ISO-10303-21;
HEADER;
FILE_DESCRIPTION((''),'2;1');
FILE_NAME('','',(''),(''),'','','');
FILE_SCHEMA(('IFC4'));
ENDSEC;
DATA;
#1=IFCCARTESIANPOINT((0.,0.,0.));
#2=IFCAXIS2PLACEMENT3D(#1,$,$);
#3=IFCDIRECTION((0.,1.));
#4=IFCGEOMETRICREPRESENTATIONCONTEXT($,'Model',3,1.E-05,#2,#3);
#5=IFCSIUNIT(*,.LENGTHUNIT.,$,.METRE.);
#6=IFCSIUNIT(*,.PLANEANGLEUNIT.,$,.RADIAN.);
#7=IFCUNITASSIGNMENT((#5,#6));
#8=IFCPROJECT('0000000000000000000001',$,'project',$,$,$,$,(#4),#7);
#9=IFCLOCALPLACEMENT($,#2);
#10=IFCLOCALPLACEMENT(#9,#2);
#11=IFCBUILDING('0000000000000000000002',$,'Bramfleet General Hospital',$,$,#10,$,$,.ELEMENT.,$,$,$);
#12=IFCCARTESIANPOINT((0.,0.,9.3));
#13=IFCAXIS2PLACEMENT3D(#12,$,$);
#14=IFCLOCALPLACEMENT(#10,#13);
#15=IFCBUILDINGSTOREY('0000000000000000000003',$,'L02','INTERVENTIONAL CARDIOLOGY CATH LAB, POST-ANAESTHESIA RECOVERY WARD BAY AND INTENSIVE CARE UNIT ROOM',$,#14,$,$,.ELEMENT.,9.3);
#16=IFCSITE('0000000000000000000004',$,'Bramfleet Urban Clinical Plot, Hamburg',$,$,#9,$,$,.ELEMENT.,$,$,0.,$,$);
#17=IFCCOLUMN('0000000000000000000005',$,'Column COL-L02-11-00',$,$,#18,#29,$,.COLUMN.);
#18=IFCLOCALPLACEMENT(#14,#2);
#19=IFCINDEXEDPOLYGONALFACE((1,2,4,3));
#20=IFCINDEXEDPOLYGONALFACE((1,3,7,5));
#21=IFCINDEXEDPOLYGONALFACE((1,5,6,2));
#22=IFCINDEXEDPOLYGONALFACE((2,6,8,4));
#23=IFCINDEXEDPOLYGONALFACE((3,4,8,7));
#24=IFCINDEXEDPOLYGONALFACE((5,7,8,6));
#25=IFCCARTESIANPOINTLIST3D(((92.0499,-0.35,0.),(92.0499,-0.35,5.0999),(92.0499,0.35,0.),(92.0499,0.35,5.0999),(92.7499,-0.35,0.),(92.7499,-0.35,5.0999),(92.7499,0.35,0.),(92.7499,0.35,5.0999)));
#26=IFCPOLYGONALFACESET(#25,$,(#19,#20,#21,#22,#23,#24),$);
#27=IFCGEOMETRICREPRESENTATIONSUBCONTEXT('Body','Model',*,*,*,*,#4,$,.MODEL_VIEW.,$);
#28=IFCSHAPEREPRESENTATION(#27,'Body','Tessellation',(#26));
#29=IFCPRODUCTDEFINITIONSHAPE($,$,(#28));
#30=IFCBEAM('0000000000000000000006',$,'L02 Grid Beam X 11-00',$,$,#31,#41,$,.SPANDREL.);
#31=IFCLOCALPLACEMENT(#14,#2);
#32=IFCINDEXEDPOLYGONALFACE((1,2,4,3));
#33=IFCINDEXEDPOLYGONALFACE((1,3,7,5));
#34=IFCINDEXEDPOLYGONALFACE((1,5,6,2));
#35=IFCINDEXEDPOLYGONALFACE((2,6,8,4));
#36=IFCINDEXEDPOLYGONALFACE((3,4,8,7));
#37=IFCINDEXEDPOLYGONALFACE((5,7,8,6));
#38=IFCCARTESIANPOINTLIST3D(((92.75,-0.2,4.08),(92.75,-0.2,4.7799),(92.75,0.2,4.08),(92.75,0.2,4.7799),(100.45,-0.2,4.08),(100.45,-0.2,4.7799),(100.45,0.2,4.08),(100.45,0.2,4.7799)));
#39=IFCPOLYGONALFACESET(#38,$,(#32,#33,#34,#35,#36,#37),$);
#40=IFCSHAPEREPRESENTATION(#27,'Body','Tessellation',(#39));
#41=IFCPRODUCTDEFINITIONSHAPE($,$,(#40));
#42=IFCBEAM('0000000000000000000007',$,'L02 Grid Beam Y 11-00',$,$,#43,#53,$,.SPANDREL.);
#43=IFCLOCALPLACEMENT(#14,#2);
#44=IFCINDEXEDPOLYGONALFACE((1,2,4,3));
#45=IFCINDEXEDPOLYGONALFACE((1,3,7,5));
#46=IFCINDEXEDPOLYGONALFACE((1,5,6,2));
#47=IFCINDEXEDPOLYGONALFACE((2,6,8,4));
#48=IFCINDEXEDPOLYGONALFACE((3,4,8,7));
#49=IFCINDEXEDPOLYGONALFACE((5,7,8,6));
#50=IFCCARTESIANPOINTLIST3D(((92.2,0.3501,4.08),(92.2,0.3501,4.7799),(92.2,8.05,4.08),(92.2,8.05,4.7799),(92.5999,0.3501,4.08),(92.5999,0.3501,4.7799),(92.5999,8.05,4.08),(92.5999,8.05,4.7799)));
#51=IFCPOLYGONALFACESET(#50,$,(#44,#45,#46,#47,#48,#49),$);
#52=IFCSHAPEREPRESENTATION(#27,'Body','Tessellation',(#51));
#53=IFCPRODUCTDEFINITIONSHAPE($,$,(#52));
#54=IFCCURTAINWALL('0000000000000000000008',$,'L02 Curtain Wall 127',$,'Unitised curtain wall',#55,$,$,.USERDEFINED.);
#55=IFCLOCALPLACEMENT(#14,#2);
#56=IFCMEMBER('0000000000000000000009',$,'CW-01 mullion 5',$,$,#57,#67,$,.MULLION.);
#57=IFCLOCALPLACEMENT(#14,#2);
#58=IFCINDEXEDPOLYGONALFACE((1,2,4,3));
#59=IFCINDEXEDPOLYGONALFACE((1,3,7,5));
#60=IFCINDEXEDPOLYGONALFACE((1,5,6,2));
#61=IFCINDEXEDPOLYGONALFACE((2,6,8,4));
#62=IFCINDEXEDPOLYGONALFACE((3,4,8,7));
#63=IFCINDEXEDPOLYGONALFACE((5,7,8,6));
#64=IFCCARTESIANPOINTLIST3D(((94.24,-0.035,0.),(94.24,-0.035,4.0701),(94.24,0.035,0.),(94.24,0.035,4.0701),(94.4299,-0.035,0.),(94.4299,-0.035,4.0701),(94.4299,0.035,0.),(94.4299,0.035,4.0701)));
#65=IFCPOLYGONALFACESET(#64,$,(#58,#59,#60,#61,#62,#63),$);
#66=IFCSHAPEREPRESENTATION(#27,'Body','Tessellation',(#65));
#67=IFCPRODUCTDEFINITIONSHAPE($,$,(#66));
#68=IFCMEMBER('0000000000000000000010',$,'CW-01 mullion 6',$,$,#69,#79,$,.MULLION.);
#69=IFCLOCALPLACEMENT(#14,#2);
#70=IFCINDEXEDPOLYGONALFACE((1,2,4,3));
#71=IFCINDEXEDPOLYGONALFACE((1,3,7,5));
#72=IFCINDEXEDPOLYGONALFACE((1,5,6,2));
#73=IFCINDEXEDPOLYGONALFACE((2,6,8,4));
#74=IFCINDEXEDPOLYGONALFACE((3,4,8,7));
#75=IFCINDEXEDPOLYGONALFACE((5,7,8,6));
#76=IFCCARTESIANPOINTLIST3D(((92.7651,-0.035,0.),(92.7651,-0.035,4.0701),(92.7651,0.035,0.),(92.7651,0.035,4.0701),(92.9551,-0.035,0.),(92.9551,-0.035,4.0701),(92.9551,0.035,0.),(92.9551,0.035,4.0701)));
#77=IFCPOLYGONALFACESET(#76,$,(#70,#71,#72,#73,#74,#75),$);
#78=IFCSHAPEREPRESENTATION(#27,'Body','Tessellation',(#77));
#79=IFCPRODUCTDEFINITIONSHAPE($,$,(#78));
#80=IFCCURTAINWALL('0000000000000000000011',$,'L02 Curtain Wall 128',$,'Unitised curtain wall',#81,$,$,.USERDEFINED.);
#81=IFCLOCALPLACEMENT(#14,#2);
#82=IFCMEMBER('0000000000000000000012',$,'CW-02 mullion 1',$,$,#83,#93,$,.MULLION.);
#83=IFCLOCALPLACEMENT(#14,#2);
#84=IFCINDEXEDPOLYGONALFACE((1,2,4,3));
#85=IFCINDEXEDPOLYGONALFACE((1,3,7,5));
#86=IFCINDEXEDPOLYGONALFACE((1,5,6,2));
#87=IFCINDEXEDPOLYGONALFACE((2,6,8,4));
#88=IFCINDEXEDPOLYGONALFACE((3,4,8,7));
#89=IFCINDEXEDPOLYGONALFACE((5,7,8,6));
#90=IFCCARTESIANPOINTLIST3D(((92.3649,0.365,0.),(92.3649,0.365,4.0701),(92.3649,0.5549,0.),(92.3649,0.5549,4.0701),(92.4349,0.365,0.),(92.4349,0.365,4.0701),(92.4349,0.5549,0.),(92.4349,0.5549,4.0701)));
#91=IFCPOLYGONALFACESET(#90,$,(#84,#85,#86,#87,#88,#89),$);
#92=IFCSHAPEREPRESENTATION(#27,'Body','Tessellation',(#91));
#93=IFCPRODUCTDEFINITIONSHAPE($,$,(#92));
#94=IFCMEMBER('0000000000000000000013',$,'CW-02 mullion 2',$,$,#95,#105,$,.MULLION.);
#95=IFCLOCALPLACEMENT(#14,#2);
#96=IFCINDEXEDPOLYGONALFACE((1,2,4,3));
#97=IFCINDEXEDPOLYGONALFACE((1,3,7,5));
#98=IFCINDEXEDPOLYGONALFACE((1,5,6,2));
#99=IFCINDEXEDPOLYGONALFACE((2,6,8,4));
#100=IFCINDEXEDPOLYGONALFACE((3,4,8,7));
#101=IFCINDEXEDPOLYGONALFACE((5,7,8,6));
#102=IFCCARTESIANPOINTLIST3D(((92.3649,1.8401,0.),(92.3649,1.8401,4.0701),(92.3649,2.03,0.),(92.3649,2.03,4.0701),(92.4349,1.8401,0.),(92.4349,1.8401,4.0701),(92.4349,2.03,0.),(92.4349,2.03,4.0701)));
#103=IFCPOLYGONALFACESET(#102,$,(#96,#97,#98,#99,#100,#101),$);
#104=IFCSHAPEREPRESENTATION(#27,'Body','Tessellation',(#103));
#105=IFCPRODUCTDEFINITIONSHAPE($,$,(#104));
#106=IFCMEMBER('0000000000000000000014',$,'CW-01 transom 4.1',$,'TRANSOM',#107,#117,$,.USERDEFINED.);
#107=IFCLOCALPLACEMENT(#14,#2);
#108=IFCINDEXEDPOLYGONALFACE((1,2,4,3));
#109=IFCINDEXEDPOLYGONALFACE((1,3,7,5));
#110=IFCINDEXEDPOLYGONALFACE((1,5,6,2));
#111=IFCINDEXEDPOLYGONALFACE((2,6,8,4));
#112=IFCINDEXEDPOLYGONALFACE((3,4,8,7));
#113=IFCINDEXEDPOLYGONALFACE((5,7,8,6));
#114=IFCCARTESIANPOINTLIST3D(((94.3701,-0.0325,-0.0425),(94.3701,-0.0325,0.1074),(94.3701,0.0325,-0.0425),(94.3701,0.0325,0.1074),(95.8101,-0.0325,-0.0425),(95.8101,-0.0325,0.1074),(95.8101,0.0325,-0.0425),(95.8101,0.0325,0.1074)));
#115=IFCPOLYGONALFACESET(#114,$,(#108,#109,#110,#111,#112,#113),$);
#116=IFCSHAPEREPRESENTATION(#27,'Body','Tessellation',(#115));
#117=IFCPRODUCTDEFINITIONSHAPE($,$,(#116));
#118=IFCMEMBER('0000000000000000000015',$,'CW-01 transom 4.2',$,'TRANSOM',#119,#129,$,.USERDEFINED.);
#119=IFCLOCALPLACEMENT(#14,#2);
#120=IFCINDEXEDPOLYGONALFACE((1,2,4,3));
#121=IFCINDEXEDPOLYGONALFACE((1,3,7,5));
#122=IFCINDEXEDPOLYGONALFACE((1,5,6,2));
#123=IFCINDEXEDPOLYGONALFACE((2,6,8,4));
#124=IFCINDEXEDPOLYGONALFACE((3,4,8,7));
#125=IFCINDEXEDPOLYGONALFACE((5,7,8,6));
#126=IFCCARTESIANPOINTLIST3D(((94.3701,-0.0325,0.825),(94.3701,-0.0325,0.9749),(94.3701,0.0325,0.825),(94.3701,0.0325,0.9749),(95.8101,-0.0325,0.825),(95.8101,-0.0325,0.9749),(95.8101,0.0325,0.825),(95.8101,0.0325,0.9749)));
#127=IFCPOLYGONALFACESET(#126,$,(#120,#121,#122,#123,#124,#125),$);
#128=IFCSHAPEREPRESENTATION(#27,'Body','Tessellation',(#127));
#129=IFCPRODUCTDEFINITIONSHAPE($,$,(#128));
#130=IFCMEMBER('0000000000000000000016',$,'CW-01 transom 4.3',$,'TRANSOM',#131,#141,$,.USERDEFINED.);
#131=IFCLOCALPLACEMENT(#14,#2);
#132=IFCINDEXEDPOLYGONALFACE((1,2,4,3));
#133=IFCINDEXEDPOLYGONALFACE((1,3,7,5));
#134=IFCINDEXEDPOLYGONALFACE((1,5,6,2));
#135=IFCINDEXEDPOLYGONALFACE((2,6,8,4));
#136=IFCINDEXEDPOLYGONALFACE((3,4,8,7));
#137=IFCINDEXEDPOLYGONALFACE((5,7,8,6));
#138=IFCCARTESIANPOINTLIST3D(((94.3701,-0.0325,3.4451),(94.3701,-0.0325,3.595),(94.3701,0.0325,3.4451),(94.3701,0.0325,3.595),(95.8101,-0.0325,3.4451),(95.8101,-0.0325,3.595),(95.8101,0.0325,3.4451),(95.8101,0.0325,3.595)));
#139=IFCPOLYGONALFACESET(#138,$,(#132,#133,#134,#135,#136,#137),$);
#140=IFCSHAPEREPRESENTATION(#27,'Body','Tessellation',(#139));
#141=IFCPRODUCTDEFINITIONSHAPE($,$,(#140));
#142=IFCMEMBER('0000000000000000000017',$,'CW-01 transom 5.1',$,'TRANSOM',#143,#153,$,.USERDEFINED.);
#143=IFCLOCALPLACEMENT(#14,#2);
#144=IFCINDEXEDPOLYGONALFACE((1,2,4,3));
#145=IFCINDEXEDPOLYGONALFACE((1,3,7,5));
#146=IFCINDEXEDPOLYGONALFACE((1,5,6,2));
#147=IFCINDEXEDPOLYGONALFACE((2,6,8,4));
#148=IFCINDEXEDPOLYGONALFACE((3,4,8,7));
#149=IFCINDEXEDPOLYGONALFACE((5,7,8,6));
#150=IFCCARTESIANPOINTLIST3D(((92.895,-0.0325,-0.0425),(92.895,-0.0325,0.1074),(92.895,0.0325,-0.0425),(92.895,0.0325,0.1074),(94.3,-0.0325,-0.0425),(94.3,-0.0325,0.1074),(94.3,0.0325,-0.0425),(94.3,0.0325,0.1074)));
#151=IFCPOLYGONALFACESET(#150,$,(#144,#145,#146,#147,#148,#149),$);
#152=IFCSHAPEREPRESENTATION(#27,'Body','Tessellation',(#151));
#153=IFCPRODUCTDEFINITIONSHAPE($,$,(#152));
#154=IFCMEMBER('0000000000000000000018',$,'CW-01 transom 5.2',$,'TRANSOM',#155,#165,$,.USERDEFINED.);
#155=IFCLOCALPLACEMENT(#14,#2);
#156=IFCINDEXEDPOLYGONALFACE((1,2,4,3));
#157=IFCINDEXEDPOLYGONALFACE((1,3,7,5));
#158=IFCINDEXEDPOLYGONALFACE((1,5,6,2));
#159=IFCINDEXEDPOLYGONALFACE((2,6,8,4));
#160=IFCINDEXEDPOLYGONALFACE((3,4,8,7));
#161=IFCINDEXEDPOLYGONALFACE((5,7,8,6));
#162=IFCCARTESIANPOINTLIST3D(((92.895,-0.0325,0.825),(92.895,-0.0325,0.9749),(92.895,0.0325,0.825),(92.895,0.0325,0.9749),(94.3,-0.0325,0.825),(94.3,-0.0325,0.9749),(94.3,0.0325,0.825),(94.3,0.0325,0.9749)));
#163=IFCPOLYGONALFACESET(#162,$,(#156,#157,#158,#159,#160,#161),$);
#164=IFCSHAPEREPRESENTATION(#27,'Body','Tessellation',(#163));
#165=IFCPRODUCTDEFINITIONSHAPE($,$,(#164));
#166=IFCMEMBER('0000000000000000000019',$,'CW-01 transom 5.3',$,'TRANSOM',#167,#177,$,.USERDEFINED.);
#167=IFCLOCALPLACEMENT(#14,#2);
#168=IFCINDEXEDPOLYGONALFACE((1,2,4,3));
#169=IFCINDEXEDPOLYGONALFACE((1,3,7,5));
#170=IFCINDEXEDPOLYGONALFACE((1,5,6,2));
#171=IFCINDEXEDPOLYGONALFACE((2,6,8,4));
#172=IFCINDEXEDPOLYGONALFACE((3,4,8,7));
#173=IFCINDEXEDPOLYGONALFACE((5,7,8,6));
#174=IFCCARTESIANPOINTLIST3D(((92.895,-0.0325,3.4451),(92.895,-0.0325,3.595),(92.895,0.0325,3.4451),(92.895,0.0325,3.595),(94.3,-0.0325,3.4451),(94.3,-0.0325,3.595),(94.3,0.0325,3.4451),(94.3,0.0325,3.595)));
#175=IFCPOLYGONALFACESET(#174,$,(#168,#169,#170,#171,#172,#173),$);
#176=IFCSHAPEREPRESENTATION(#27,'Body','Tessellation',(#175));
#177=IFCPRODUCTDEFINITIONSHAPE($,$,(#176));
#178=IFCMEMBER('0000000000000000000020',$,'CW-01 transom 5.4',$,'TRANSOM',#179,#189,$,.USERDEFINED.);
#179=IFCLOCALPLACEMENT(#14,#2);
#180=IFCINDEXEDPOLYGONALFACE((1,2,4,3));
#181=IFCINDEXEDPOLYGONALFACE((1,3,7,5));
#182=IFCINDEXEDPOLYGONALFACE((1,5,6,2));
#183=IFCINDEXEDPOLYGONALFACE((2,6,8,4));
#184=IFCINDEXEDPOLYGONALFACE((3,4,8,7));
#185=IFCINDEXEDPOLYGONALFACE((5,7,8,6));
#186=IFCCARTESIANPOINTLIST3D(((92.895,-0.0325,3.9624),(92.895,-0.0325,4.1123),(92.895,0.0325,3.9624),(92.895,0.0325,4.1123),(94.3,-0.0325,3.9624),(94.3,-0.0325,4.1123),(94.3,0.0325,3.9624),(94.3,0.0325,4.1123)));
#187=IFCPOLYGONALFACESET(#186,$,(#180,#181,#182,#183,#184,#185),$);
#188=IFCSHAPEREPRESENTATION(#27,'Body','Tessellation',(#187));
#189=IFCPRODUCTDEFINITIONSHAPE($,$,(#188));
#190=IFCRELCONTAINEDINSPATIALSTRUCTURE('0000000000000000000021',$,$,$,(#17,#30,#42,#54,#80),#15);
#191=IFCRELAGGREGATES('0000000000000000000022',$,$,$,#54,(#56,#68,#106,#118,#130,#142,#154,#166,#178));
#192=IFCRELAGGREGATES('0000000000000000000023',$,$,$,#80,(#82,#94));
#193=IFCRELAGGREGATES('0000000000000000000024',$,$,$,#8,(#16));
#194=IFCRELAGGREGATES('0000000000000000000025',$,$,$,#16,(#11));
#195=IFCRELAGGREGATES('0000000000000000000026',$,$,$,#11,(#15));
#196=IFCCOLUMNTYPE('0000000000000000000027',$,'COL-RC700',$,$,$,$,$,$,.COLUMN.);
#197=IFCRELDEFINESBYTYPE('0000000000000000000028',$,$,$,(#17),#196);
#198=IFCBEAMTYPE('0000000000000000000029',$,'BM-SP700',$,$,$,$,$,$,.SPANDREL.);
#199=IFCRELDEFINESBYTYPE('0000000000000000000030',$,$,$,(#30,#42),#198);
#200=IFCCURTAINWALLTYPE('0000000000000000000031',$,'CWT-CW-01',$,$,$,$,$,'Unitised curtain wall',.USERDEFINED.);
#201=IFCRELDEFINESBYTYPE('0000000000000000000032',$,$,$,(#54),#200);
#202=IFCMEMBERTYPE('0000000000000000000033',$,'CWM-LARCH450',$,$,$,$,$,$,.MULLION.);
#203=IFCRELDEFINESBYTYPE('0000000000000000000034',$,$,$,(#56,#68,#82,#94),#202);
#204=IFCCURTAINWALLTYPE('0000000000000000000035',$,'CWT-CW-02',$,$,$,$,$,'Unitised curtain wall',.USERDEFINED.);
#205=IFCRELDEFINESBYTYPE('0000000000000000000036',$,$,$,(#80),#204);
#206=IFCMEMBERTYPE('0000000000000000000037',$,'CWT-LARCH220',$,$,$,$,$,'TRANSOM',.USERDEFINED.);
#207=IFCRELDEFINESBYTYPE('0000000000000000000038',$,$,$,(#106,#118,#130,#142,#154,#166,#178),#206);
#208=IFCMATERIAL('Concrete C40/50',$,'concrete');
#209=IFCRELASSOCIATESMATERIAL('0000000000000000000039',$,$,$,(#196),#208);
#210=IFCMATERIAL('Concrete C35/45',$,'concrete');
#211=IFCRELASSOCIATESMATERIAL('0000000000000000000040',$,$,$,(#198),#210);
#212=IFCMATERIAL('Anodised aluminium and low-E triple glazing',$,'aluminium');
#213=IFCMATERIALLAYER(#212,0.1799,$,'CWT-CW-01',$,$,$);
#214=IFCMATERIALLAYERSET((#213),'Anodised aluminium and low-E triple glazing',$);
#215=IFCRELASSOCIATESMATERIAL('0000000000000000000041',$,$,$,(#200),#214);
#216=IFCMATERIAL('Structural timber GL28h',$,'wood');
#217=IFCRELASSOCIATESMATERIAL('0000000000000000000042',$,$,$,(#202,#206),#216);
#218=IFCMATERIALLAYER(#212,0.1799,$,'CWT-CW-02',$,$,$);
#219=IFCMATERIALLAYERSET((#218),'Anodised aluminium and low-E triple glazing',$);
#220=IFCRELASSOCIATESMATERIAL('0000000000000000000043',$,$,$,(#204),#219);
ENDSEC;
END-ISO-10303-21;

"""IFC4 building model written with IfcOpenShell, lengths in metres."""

from ifc_helpers import new_model, si_unit, direction, frame, origin, origin_2d, place, context, subcontext, project, spatial, rectangle, extrude, material, layer, layer_set, material_profile, profile_set, type_object, element, aggregate, save


model = new_model("IFC4")

# Units and contexts
model_context = context("Model", 3, precision=1e-05, world=origin(), true_north=direction((0.0, 1.0)))
body_context = subcontext(model_context, "Body", "Model", "MODEL_VIEW")
ifc_project = project(units=[si_unit("LENGTHUNIT", "METRE"), si_unit("PLANEANGLEUNIT", "RADIAN")], contexts=[model_context])

# Site, building, storey
site_placement = place(None, origin())
site = spatial("IfcSite", under=ifc_project, at=site_placement, Name="Bramfleet Urban Clinical Plot, Hamburg", CompositionType="ELEMENT", RefElevation=0.0)
building_placement = place(site_placement, origin())
building = spatial("IfcBuilding", under=site, at=building_placement, Name="Bramfleet General Hospital", CompositionType="ELEMENT")
storey_placement = place(building_placement, frame((0.0, 0.0, 9.3)))
storey = spatial("IfcBuildingStorey", under=building, at=storey_placement, Name="L02", Description="INTERVENTIONAL CARDIOLOGY CATH LAB, POST-ANAESTHESIA RECOVERY WARD BAY AND INTENSIVE CARE UNIT ROOM", CompositionType="ELEMENT", Elevation=9.3)

# Column
ifc_material_1 = material(Name="Concrete C40/50", Category="concrete")
ifc_material_profile_1 = material_profile(ifc_material_1, rectangle(XDim=0.7, YDim=0.7, at=origin_2d()), Name="RC COL 700x700")
ifc_profile_set_1 = profile_set([ifc_material_profile_1], Name="Concrete C40/50")
column_type = type_object("IfcColumnType", Name="COL-RC700", PredefinedType="COLUMN", material=ifc_profile_set_1)
column_placement = place(storey_placement, frame((92.3999, 0.0, 0.0), z_axis=(0.0, 0.0, 1.0), x_axis=(1.0, 0.0, 0.0)))
element("IfcColumn", 1, at=column_placement, inside=storey, type_object=column_type, Name="Column COL-L02-11-00", PredefinedType="COLUMN", context=body_context, shape_type="SweptSolid", body=[
    extrude(rectangle(XDim=0.7, YDim=0.7, at=origin_2d()), origin(), (0.0, 0.0, 1.0), 5.0999),
])

# Beams
ifc_material_2 = material(Name="Concrete C35/45", Category="concrete")
ifc_material_profile_2 = material_profile(ifc_material_2, rectangle(XDim=0.3999, YDim=0.7, at=origin_2d()), Name="RC SP 700x400")
ifc_profile_set_2 = profile_set([ifc_material_profile_2], Name="Concrete C35/45")
beam_type = type_object("IfcBeamType", Name="BM-SP700", PredefinedType="SPANDREL", material=ifc_profile_set_2)
for number, where, z_axis, x_axis, name in (
    (2, (92.75, 0.0, 4.4299), (1.0, 0.0, 0.0), (0.0, 1.0, 0.0), "L02 Grid Beam X 11-00"),
    (3, (92.3999, 0.3501, 4.4299), (0.0, 1.0, 0.0), (-1.0, 0.0, 0.0), "L02 Grid Beam Y 11-00"),
):
    element("IfcBeam", number, at=place(storey_placement, frame(where, z_axis=z_axis, x_axis=x_axis)), inside=storey, type_object=beam_type, Name=name, PredefinedType="SPANDREL", context=body_context, shape_type="SweptSolid", body=[
        extrude(rectangle(XDim=0.3999, YDim=0.7, at=origin_2d()), origin(), (0.0, 0.0, 1.0), 7.7),
    ])

# Curtain walls, members
ifc_material_3 = material(Name="Anodised aluminium and low-E triple glazing", Category="aluminium")
ifc_layer_1 = layer(ifc_material_3, 0.1799, Name="CWT-CW-01")
ifc_layer_set_1 = layer_set([ifc_layer_1], Name="Anodised aluminium and low-E triple glazing")
curtain_wall_type_1 = type_object("IfcCurtainWallType", Name="CWT-CW-01", ElementType="Unitised curtain wall", PredefinedType="USERDEFINED", material=ifc_layer_set_1)
curtain_wall_1_placement = place(storey_placement, origin())
curtain_wall_1 = element("IfcCurtainWall", 4, at=curtain_wall_1_placement, inside=storey, type_object=curtain_wall_type_1, Name="L02 Curtain Wall 127", ObjectType="Unitised curtain wall", PredefinedType="USERDEFINED")
ifc_material_4 = material(Name="Structural timber GL28h", Category="wood")
ifc_material_profile_3 = material_profile(ifc_material_4, rectangle(XDim=0.0701, YDim=0.1899, at=origin_2d()), Name="LARCH 190x70")
ifc_profile_set_3 = profile_set([ifc_material_profile_3], Name="Structural timber GL28h")
member_type_1 = type_object("IfcMemberType", Name="CWM-LARCH450", PredefinedType="MULLION", material=ifc_profile_set_3)
member_1_placement = place(storey_placement, frame((94.335, 0.0, 0.0), z_axis=(0.0, 0.0, 1.0), x_axis=(0.0, -1.0, 0.0)))
member_1 = element("IfcMember", 5, at=member_1_placement, type_object=member_type_1, Name="CW-01 mullion 5", PredefinedType="MULLION", context=body_context, shape_type="SweptSolid", body=[
    extrude(rectangle(XDim=0.0701, YDim=0.1899, at=origin_2d()), origin(), (0.0, 0.0, 1.0), 4.0701),
])
member_2_placement = place(storey_placement, frame((92.8601, 0.0, 0.0), z_axis=(0.0, 0.0, 1.0), x_axis=(0.0, -1.0, 0.0)))
member_2 = element("IfcMember", 6, at=member_2_placement, type_object=member_type_1, Name="CW-01 mullion 6", PredefinedType="MULLION", context=body_context, shape_type="SweptSolid", body=[
    extrude(rectangle(XDim=0.0701, YDim=0.1899, at=origin_2d()), origin(), (0.0, 0.0, 1.0), 4.0701),
])
ifc_layer_2 = layer(ifc_material_3, 0.1799, Name="CWT-CW-02")
ifc_layer_set_2 = layer_set([ifc_layer_2], Name="Anodised aluminium and low-E triple glazing")
curtain_wall_type_2 = type_object("IfcCurtainWallType", Name="CWT-CW-02", ElementType="Unitised curtain wall", PredefinedType="USERDEFINED", material=ifc_layer_set_2)
curtain_wall_2_placement = place(storey_placement, origin())
curtain_wall_2 = element("IfcCurtainWall", 7, at=curtain_wall_2_placement, inside=storey, type_object=curtain_wall_type_2, Name="L02 Curtain Wall 128", ObjectType="Unitised curtain wall", PredefinedType="USERDEFINED")
member_3_placement = place(storey_placement, frame((92.3999, 0.46, 0.0), z_axis=(0.0, 0.0, 1.0), x_axis=(-1.0, 0.0, 0.0)))
member_3 = element("IfcMember", 8, at=member_3_placement, type_object=member_type_1, Name="CW-02 mullion 1", PredefinedType="MULLION", context=body_context, shape_type="SweptSolid", body=[
    extrude(rectangle(XDim=0.0701, YDim=0.1899, at=origin_2d()), origin(), (0.0, 0.0, 1.0), 4.0701),
])
member_4_placement = place(storey_placement, frame((92.3999, 1.9351, 0.0), z_axis=(0.0, 0.0, 1.0), x_axis=(-1.0, 0.0, 0.0)))
member_4 = element("IfcMember", 9, at=member_4_placement, type_object=member_type_1, Name="CW-02 mullion 2", PredefinedType="MULLION", context=body_context, shape_type="SweptSolid", body=[
    extrude(rectangle(XDim=0.0701, YDim=0.1899, at=origin_2d()), origin(), (0.0, 0.0, 1.0), 4.0701),
])

# Members
ifc_material_profile_4 = material_profile(ifc_material_4, rectangle(XDim=0.0649, YDim=0.1499, at=origin_2d()), Name="LARCH 150x65")
ifc_profile_set_4 = profile_set([ifc_material_profile_4], Name="Structural timber GL28h")
member_type_2 = type_object("IfcMemberType", Name="CWT-LARCH220", ElementType="TRANSOM", PredefinedType="USERDEFINED", material=ifc_profile_set_4)
member_5_placement = place(storey_placement, frame((95.8101, 0.0, 0.0325), z_axis=(-1.0, 0.0, 0.0), x_axis=(0.0, -1.0, 0.0)))
member_5 = element("IfcMember", 10, at=member_5_placement, type_object=member_type_2, Name="CW-01 transom 4.1", ObjectType="TRANSOM", PredefinedType="USERDEFINED", context=body_context, shape_type="SweptSolid", body=[
    extrude(rectangle(XDim=0.0649, YDim=0.1499, at=origin_2d()), origin(), (0.0, 0.0, 1.0), 1.4399),
])
member_6_placement = place(storey_placement, frame((95.8101, 0.0, 0.8999), z_axis=(-1.0, 0.0, 0.0), x_axis=(0.0, -1.0, 0.0)))
member_6 = element("IfcMember", 11, at=member_6_placement, type_object=member_type_2, Name="CW-01 transom 4.2", ObjectType="TRANSOM", PredefinedType="USERDEFINED", context=body_context, shape_type="SweptSolid", body=[
    extrude(rectangle(XDim=0.0649, YDim=0.1499, at=origin_2d()), origin(), (0.0, 0.0, 1.0), 1.4399),
])
member_7_placement = place(storey_placement, frame((95.8101, 0.0, 3.52), z_axis=(-1.0, 0.0, 0.0), x_axis=(0.0, -1.0, 0.0)))
member_7 = element("IfcMember", 12, at=member_7_placement, type_object=member_type_2, Name="CW-01 transom 4.3", ObjectType="TRANSOM", PredefinedType="USERDEFINED", context=body_context, shape_type="SweptSolid", body=[
    extrude(rectangle(XDim=0.0649, YDim=0.1499, at=origin_2d()), origin(), (0.0, 0.0, 1.0), 1.4399),
])
member_8_placement = place(storey_placement, frame((94.3, 0.0, 0.0325), z_axis=(-1.0, 0.0, 0.0), x_axis=(0.0, -1.0, 0.0)))
member_8 = element("IfcMember", 13, at=member_8_placement, type_object=member_type_2, Name="CW-01 transom 5.1", ObjectType="TRANSOM", PredefinedType="USERDEFINED", context=body_context, shape_type="SweptSolid", body=[
    extrude(rectangle(XDim=0.0649, YDim=0.1499, at=origin_2d()), origin(), (0.0, 0.0, 1.0), 1.405),
])
member_9_placement = place(storey_placement, frame((94.3, 0.0, 0.8999), z_axis=(-1.0, 0.0, 0.0), x_axis=(0.0, -1.0, 0.0)))
member_9 = element("IfcMember", 14, at=member_9_placement, type_object=member_type_2, Name="CW-01 transom 5.2", ObjectType="TRANSOM", PredefinedType="USERDEFINED", context=body_context, shape_type="SweptSolid", body=[
    extrude(rectangle(XDim=0.0649, YDim=0.1499, at=origin_2d()), origin(), (0.0, 0.0, 1.0), 1.405),
])
member_10_placement = place(storey_placement, frame((94.3, 0.0, 3.52), z_axis=(-1.0, 0.0, 0.0), x_axis=(0.0, -1.0, 0.0)))
member_10 = element("IfcMember", 15, at=member_10_placement, type_object=member_type_2, Name="CW-01 transom 5.3", ObjectType="TRANSOM", PredefinedType="USERDEFINED", context=body_context, shape_type="SweptSolid", body=[
    extrude(rectangle(XDim=0.0649, YDim=0.1499, at=origin_2d()), origin(), (0.0, 0.0, 1.0), 1.405),
])
member_11_placement = place(storey_placement, frame((94.3, 0.0, 4.0374), z_axis=(-1.0, 0.0, 0.0), x_axis=(0.0, -1.0, 0.0)))
member_11 = element("IfcMember", 16, at=member_11_placement, type_object=member_type_2, Name="CW-01 transom 5.4", ObjectType="TRANSOM", PredefinedType="USERDEFINED", context=body_context, shape_type="SweptSolid", body=[
    extrude(rectangle(XDim=0.0649, YDim=0.1499, at=origin_2d()), origin(), (0.0, 0.0, 1.0), 1.405),
])

aggregate(curtain_wall_1, [member_1, member_2, member_5, member_6, member_7, member_8, member_9, member_10, member_11])
aggregate(curtain_wall_2, [member_3, member_4])

save(model, "model.ifc")
